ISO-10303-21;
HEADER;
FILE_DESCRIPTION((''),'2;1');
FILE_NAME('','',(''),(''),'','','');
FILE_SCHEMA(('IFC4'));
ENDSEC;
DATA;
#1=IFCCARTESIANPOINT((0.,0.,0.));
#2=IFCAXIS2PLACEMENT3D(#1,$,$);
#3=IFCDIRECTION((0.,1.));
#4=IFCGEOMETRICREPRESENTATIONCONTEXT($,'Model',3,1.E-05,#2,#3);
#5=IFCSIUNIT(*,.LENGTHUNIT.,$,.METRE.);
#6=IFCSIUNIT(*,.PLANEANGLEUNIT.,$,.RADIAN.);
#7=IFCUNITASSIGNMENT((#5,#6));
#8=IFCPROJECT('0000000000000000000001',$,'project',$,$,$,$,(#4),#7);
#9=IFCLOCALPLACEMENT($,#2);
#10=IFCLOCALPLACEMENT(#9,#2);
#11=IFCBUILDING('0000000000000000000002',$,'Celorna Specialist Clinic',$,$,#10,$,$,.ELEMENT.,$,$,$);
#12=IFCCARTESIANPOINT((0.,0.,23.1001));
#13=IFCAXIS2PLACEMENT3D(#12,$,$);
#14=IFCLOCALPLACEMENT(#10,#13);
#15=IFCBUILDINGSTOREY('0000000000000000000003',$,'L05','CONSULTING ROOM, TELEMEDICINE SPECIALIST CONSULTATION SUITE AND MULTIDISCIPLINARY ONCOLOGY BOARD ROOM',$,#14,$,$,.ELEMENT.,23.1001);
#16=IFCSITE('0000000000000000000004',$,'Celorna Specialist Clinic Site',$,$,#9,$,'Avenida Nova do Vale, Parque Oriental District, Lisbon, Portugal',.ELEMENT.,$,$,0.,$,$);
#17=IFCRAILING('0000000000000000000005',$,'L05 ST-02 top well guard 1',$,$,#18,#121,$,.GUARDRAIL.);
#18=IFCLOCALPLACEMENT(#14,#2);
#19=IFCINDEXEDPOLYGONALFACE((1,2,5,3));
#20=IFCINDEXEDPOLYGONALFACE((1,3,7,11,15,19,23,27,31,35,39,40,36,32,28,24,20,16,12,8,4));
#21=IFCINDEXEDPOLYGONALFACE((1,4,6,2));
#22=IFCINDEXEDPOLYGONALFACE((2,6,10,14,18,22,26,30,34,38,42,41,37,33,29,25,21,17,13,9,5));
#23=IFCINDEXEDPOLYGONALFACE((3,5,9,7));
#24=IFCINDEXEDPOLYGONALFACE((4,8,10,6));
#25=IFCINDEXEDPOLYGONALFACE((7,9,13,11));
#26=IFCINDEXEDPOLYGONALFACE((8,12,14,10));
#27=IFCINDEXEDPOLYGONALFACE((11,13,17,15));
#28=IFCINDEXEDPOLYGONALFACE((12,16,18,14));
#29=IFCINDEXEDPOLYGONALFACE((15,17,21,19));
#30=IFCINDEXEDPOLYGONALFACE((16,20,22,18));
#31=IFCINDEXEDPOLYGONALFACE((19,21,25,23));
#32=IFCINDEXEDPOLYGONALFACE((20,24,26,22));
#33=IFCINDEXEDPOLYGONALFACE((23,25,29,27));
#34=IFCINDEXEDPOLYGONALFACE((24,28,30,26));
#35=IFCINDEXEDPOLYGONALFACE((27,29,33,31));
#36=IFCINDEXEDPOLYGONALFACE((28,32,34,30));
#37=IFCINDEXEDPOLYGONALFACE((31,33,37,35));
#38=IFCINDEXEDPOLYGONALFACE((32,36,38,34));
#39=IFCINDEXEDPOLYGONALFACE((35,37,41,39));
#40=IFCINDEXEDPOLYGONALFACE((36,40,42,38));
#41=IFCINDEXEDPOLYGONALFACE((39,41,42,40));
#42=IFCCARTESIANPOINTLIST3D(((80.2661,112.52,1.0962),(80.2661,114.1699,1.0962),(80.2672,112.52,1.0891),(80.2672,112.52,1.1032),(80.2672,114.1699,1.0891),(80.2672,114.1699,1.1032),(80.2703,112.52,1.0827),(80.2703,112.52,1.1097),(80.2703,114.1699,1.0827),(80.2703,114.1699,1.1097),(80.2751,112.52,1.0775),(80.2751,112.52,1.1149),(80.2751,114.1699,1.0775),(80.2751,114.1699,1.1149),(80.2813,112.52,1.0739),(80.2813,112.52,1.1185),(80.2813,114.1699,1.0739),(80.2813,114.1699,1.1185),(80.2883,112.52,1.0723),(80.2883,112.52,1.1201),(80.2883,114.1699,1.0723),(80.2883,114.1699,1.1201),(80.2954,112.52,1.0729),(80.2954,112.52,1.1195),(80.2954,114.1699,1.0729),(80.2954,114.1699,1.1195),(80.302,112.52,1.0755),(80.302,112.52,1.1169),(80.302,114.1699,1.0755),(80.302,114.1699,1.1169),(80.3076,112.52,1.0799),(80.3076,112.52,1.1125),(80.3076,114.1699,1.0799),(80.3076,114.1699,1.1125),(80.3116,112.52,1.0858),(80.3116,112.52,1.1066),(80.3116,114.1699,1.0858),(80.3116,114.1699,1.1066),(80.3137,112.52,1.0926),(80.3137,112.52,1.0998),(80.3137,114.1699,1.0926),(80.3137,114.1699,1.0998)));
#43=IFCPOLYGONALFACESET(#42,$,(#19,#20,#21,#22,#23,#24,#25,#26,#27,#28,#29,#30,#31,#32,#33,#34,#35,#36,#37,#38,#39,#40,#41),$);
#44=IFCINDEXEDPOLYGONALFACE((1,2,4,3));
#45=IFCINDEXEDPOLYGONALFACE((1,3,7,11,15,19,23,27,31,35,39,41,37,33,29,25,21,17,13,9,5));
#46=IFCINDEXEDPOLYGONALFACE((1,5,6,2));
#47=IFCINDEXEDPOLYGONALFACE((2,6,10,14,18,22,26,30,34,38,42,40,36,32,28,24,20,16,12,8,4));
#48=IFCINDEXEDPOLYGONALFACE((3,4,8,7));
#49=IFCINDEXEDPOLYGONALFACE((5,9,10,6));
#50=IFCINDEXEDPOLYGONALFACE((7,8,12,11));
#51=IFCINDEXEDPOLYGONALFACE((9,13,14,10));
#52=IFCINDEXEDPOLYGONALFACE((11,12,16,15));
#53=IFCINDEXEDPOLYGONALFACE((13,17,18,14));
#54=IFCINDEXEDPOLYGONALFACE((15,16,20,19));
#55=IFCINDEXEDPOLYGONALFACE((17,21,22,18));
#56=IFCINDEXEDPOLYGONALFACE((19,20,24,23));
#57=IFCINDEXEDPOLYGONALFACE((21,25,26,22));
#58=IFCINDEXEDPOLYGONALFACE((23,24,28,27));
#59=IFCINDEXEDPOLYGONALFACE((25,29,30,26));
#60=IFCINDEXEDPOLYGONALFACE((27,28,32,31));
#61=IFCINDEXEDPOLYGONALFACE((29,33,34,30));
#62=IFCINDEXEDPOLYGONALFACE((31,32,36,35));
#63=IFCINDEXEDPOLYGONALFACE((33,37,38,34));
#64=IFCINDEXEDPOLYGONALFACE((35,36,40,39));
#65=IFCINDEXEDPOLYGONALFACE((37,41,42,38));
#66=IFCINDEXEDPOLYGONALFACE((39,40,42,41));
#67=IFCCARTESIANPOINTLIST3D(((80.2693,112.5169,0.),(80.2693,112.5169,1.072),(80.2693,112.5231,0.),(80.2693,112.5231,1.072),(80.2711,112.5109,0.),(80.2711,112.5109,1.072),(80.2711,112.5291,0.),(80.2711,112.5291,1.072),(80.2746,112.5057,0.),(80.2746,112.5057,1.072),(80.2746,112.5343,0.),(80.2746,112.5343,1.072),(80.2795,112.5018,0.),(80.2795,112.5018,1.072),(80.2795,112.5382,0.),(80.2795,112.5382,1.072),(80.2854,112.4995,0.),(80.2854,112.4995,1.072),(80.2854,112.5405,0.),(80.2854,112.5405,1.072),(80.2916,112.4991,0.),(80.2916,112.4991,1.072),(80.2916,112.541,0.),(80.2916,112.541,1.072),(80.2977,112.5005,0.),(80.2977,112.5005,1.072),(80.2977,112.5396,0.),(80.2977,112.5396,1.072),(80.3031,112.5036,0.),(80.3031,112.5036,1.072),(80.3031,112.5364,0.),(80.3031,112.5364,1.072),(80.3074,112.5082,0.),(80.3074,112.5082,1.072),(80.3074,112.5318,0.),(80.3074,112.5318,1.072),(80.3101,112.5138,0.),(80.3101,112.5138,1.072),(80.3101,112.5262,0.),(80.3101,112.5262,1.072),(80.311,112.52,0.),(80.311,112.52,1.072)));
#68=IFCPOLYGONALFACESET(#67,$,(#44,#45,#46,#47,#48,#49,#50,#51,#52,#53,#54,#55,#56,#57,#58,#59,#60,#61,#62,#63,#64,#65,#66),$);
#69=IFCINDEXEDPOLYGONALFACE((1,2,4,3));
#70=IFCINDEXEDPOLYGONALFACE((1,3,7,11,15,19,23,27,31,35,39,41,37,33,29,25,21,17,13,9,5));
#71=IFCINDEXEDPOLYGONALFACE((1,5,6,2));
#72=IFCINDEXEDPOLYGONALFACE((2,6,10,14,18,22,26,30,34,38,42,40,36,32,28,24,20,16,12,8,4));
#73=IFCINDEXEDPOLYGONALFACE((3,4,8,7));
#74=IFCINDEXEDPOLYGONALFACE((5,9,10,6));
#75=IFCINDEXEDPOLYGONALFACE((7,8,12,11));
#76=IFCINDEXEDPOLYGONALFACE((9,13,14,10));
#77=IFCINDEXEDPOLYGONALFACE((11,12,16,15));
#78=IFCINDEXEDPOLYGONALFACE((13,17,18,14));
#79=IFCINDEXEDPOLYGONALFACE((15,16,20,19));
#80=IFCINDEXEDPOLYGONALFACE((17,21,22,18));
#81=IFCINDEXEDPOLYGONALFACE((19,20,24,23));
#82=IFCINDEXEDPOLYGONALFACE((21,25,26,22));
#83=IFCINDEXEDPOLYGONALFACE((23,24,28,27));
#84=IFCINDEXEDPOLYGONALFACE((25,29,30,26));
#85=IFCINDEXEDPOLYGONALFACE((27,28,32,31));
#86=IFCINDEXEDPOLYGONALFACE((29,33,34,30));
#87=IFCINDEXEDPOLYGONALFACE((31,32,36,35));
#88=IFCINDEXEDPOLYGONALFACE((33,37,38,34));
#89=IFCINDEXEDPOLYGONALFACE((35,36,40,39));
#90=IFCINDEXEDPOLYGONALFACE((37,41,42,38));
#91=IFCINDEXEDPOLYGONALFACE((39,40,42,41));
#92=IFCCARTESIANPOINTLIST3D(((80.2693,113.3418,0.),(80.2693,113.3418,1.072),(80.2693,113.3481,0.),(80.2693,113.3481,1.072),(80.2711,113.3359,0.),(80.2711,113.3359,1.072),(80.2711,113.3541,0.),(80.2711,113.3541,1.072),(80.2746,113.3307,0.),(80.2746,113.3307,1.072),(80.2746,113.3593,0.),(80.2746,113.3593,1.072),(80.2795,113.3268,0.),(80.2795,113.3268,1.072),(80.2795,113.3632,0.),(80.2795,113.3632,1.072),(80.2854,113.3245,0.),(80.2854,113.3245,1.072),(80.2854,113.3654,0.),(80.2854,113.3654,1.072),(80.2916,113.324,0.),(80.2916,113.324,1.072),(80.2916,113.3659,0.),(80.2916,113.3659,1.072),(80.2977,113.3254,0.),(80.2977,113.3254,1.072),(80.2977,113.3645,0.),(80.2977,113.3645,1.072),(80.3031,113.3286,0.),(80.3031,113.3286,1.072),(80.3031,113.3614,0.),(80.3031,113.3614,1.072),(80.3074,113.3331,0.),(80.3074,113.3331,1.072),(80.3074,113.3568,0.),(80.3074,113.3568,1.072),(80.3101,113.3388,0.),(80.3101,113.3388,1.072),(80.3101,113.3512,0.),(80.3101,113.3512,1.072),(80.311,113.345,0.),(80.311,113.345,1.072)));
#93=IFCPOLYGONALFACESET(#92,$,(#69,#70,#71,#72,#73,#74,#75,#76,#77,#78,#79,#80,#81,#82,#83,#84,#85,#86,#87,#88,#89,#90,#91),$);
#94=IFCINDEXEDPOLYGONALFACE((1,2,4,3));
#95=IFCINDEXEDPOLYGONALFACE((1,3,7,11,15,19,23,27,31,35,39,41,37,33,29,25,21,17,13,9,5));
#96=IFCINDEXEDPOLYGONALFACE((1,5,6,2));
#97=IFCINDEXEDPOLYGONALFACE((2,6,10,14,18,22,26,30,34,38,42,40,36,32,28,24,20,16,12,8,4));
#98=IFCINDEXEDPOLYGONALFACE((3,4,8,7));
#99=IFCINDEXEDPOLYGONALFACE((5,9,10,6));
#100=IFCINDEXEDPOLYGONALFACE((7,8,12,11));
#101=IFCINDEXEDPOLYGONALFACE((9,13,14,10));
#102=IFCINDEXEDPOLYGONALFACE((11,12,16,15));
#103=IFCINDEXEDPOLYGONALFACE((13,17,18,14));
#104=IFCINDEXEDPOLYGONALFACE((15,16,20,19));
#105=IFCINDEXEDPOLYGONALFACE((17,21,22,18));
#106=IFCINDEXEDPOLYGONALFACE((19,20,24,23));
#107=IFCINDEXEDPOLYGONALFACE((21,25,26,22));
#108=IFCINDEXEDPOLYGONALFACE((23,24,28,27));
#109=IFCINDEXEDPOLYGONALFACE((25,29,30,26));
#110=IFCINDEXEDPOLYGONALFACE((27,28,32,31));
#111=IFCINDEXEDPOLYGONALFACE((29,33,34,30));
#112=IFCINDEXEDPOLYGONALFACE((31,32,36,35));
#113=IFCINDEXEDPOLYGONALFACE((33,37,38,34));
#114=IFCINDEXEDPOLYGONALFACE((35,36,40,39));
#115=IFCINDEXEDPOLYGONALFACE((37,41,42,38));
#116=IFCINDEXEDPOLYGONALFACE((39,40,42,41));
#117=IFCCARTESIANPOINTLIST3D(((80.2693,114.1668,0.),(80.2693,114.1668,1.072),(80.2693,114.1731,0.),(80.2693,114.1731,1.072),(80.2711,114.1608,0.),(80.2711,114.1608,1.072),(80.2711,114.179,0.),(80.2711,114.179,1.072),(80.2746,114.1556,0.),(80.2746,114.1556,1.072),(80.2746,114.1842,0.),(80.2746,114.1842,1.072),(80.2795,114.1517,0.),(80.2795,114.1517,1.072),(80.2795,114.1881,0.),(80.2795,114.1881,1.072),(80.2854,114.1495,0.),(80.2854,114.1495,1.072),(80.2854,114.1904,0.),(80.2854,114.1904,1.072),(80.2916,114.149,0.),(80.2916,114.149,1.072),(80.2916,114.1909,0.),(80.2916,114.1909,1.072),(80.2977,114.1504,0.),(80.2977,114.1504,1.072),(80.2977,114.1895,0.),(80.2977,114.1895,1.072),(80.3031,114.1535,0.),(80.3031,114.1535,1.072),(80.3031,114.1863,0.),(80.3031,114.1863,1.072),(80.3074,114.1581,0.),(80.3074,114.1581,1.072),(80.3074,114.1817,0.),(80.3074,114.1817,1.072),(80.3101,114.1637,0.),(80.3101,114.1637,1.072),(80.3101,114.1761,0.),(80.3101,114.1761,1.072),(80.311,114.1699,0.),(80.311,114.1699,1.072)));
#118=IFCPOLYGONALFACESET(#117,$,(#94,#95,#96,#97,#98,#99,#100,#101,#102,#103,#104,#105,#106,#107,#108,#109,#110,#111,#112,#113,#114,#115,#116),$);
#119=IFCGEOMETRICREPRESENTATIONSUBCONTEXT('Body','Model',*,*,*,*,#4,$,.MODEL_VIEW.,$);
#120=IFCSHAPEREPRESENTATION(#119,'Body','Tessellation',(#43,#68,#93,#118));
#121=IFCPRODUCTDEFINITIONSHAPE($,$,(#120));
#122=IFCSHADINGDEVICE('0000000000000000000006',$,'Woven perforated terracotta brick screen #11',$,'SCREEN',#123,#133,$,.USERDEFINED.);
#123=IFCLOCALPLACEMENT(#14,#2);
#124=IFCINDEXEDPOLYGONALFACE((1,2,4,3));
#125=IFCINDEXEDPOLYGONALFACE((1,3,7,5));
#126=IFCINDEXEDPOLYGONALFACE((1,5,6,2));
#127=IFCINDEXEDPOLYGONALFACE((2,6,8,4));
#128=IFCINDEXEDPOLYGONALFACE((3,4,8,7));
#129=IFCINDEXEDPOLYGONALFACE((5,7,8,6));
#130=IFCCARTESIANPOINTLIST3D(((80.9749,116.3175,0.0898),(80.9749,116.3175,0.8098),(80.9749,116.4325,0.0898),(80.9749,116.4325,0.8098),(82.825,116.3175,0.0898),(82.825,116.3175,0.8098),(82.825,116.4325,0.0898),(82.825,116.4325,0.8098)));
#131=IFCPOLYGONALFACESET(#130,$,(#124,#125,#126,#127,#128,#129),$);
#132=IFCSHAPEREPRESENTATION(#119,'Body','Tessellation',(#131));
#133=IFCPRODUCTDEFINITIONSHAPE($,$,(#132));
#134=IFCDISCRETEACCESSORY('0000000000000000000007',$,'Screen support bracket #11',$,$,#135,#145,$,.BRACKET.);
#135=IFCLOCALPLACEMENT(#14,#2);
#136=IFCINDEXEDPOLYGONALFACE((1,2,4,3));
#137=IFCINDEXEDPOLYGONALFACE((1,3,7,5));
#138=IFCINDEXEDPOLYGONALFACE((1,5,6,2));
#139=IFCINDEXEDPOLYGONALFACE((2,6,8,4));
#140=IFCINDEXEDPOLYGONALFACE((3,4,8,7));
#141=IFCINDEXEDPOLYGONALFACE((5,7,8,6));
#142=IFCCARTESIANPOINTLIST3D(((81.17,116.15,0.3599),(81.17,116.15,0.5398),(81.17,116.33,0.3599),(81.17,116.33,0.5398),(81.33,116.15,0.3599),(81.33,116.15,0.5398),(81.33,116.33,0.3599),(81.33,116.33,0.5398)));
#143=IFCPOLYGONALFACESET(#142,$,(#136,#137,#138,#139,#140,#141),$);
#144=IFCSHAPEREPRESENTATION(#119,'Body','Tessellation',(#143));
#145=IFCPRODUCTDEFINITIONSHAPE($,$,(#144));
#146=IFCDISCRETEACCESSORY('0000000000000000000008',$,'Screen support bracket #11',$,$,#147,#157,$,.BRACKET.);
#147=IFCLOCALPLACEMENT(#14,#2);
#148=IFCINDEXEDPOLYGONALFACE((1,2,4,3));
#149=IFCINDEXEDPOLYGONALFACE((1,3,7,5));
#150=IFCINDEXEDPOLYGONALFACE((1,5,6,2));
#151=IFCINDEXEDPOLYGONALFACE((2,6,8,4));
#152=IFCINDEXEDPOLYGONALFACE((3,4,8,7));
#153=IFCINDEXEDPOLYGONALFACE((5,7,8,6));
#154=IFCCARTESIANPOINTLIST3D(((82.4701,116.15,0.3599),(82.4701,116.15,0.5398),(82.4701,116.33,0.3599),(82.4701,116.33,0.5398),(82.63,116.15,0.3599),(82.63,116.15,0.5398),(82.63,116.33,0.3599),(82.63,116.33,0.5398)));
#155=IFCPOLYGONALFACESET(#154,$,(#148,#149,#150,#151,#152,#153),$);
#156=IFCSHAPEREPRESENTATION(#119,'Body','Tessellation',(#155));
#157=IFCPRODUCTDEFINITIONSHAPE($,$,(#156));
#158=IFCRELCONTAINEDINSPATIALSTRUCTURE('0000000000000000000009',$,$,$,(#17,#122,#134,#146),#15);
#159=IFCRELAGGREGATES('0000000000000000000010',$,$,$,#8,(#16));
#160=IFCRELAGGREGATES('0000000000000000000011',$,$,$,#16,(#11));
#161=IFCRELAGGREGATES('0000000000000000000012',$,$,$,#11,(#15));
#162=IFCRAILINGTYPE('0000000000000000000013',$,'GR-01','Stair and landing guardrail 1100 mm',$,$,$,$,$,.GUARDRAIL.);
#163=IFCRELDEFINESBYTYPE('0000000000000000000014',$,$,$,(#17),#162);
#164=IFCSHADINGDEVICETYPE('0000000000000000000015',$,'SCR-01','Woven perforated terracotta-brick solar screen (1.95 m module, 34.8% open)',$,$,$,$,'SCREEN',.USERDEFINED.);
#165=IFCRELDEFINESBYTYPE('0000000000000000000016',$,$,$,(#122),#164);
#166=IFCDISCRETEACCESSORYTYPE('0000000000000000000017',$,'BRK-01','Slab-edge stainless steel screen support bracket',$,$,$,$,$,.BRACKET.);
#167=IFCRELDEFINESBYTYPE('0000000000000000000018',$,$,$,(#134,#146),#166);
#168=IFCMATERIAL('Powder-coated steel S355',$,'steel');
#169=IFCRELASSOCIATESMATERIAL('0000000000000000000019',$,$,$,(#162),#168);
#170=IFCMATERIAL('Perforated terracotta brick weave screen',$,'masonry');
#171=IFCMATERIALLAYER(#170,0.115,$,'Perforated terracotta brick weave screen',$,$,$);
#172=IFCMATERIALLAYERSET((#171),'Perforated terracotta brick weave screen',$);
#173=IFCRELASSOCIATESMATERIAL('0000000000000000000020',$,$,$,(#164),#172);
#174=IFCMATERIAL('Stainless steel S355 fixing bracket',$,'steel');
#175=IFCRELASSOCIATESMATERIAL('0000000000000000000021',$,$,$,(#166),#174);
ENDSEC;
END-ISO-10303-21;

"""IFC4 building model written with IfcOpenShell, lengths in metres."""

from ifc_helpers import new_model, si_unit, direction, frame, origin, origin_2d, place, context, subcontext, project, spatial, rectangle, circle, extrude, material, layer, layer_set, type_object, element, save


model = new_model("IFC4")

# Units and contexts
model_context = context("Model", 3, precision=1e-05, world=origin(), true_north=direction((0.0, 1.0)))
body_context = subcontext(model_context, "Body", "Model", "MODEL_VIEW")
ifc_project = project(units=[si_unit("LENGTHUNIT", "METRE"), si_unit("PLANEANGLEUNIT", "RADIAN")], contexts=[model_context])

# Site, building, storey
site_placement = place(None, origin())
site = spatial("IfcSite", under=ifc_project, at=site_placement, Name="Celorna Specialist Clinic Site", LongName="Avenida Nova do Vale, Parque Oriental District, Lisbon, Portugal", CompositionType="ELEMENT", RefElevation=0.0)
building_placement = place(site_placement, origin())
building = spatial("IfcBuilding", under=site, at=building_placement, Name="Celorna Specialist Clinic", CompositionType="ELEMENT")
storey_placement = place(building_placement, frame((0.0, 0.0, 23.1001)))
storey = spatial("IfcBuildingStorey", under=building, at=storey_placement, Name="L05", Description="CONSULTING ROOM, TELEMEDICINE SPECIALIST CONSULTATION SUITE AND MULTIDISCIPLINARY ONCOLOGY BOARD ROOM", CompositionType="ELEMENT", Elevation=23.1001)

# Railing
ifc_material_1 = material(Name="Powder-coated steel S355", Category="steel")
railing_type = type_object("IfcRailingType", Name="GR-01", Description="Stair and landing guardrail 1100 mm", PredefinedType="GUARDRAIL", material=ifc_material_1)
railing_placement = place(storey_placement, frame((80.29, 112.52, 0.0)))
element("IfcRailing", 1, at=railing_placement, inside=storey, type_object=railing_type, Name="L05 ST-02 top well guard 1", PredefinedType="GUARDRAIL", context=body_context, shape_type="SweptSolid", body=[
    extrude(circle(Radius=0.0239, at=origin_2d()), frame((0.0, 0.0, 1.0962), z_axis=(0.0, 1.0, 0.0), x_axis=(-1.0, 0.0, 0.0)), (0.0, 0.0, 1.0), 1.6499),
    extrude(circle(Radius=0.021, at=origin_2d()), origin(), (0.0, 0.0, 1.0), 1.072),
    extrude(circle(Radius=0.021, at=origin_2d()), frame((0.0, 0.825, 0.0)), (0.0, 0.0, 1.0), 1.072),
    extrude(circle(Radius=0.021, at=origin_2d()), frame((0.0, 1.6499, 0.0)), (0.0, 0.0, 1.0), 1.072),
])

# Shading device
ifc_material_2 = material(Name="Perforated terracotta brick weave screen", Category="masonry")
ifc_layer_1 = layer(ifc_material_2, 0.115, Name="Perforated terracotta brick weave screen")
ifc_layer_set_1 = layer_set([ifc_layer_1], Name="Perforated terracotta brick weave screen")
shading_device_type = type_object("IfcShadingDeviceType", Name="SCR-01", Description="Woven perforated terracotta-brick solar screen (1.95 m module, 34.8% open)", ElementType="SCREEN", PredefinedType="USERDEFINED", material=ifc_layer_set_1)
shading_device_placement = place(storey_placement, frame((81.8999, 116.375, 0.0898), z_axis=(0.0, 0.0, 1.0), x_axis=(1.0, 0.0, 0.0)))
element("IfcShadingDevice", 2, at=shading_device_placement, inside=storey, type_object=shading_device_type, Name="Woven perforated terracotta brick screen #11", ObjectType="SCREEN", PredefinedType="USERDEFINED", context=body_context, shape_type="SweptSolid", body=[
    extrude(rectangle(XDim=1.8501, YDim=0.115, at=origin_2d()), origin(), (0.0, 0.0, 1.0), 0.72),
])

# Discrete accessories
ifc_material_3 = material(Name="Stainless steel S355 fixing bracket", Category="steel")
discrete_accessory_type = type_object("IfcDiscreteAccessoryType", Name="BRK-01", Description="Slab-edge stainless steel screen support bracket", PredefinedType="BRACKET", material=ifc_material_3)
for number, where, z_axis, x_axis, name in (
    (3, (81.25, 116.24, 0.3599), (0.0, 0.0, 1.0), (1.0, 0.0, 0.0), "Screen support bracket #11"),
    (4, (82.55, 116.24, 0.3599), (0.0, 0.0, 1.0), (1.0, 0.0, 0.0), "Screen support bracket #11"),
):
    element("IfcDiscreteAccessory", number, at=place(storey_placement, frame(where, z_axis=z_axis, x_axis=x_axis)), inside=storey, type_object=discrete_accessory_type, Name=name, PredefinedType="BRACKET", context=body_context, shape_type="SweptSolid", body=[
        extrude(rectangle(XDim=0.1599, YDim=0.1799, at=origin_2d()), origin(), (0.0, 0.0, 1.0), 0.1799),
    ])

save(model, "model.ifc")
